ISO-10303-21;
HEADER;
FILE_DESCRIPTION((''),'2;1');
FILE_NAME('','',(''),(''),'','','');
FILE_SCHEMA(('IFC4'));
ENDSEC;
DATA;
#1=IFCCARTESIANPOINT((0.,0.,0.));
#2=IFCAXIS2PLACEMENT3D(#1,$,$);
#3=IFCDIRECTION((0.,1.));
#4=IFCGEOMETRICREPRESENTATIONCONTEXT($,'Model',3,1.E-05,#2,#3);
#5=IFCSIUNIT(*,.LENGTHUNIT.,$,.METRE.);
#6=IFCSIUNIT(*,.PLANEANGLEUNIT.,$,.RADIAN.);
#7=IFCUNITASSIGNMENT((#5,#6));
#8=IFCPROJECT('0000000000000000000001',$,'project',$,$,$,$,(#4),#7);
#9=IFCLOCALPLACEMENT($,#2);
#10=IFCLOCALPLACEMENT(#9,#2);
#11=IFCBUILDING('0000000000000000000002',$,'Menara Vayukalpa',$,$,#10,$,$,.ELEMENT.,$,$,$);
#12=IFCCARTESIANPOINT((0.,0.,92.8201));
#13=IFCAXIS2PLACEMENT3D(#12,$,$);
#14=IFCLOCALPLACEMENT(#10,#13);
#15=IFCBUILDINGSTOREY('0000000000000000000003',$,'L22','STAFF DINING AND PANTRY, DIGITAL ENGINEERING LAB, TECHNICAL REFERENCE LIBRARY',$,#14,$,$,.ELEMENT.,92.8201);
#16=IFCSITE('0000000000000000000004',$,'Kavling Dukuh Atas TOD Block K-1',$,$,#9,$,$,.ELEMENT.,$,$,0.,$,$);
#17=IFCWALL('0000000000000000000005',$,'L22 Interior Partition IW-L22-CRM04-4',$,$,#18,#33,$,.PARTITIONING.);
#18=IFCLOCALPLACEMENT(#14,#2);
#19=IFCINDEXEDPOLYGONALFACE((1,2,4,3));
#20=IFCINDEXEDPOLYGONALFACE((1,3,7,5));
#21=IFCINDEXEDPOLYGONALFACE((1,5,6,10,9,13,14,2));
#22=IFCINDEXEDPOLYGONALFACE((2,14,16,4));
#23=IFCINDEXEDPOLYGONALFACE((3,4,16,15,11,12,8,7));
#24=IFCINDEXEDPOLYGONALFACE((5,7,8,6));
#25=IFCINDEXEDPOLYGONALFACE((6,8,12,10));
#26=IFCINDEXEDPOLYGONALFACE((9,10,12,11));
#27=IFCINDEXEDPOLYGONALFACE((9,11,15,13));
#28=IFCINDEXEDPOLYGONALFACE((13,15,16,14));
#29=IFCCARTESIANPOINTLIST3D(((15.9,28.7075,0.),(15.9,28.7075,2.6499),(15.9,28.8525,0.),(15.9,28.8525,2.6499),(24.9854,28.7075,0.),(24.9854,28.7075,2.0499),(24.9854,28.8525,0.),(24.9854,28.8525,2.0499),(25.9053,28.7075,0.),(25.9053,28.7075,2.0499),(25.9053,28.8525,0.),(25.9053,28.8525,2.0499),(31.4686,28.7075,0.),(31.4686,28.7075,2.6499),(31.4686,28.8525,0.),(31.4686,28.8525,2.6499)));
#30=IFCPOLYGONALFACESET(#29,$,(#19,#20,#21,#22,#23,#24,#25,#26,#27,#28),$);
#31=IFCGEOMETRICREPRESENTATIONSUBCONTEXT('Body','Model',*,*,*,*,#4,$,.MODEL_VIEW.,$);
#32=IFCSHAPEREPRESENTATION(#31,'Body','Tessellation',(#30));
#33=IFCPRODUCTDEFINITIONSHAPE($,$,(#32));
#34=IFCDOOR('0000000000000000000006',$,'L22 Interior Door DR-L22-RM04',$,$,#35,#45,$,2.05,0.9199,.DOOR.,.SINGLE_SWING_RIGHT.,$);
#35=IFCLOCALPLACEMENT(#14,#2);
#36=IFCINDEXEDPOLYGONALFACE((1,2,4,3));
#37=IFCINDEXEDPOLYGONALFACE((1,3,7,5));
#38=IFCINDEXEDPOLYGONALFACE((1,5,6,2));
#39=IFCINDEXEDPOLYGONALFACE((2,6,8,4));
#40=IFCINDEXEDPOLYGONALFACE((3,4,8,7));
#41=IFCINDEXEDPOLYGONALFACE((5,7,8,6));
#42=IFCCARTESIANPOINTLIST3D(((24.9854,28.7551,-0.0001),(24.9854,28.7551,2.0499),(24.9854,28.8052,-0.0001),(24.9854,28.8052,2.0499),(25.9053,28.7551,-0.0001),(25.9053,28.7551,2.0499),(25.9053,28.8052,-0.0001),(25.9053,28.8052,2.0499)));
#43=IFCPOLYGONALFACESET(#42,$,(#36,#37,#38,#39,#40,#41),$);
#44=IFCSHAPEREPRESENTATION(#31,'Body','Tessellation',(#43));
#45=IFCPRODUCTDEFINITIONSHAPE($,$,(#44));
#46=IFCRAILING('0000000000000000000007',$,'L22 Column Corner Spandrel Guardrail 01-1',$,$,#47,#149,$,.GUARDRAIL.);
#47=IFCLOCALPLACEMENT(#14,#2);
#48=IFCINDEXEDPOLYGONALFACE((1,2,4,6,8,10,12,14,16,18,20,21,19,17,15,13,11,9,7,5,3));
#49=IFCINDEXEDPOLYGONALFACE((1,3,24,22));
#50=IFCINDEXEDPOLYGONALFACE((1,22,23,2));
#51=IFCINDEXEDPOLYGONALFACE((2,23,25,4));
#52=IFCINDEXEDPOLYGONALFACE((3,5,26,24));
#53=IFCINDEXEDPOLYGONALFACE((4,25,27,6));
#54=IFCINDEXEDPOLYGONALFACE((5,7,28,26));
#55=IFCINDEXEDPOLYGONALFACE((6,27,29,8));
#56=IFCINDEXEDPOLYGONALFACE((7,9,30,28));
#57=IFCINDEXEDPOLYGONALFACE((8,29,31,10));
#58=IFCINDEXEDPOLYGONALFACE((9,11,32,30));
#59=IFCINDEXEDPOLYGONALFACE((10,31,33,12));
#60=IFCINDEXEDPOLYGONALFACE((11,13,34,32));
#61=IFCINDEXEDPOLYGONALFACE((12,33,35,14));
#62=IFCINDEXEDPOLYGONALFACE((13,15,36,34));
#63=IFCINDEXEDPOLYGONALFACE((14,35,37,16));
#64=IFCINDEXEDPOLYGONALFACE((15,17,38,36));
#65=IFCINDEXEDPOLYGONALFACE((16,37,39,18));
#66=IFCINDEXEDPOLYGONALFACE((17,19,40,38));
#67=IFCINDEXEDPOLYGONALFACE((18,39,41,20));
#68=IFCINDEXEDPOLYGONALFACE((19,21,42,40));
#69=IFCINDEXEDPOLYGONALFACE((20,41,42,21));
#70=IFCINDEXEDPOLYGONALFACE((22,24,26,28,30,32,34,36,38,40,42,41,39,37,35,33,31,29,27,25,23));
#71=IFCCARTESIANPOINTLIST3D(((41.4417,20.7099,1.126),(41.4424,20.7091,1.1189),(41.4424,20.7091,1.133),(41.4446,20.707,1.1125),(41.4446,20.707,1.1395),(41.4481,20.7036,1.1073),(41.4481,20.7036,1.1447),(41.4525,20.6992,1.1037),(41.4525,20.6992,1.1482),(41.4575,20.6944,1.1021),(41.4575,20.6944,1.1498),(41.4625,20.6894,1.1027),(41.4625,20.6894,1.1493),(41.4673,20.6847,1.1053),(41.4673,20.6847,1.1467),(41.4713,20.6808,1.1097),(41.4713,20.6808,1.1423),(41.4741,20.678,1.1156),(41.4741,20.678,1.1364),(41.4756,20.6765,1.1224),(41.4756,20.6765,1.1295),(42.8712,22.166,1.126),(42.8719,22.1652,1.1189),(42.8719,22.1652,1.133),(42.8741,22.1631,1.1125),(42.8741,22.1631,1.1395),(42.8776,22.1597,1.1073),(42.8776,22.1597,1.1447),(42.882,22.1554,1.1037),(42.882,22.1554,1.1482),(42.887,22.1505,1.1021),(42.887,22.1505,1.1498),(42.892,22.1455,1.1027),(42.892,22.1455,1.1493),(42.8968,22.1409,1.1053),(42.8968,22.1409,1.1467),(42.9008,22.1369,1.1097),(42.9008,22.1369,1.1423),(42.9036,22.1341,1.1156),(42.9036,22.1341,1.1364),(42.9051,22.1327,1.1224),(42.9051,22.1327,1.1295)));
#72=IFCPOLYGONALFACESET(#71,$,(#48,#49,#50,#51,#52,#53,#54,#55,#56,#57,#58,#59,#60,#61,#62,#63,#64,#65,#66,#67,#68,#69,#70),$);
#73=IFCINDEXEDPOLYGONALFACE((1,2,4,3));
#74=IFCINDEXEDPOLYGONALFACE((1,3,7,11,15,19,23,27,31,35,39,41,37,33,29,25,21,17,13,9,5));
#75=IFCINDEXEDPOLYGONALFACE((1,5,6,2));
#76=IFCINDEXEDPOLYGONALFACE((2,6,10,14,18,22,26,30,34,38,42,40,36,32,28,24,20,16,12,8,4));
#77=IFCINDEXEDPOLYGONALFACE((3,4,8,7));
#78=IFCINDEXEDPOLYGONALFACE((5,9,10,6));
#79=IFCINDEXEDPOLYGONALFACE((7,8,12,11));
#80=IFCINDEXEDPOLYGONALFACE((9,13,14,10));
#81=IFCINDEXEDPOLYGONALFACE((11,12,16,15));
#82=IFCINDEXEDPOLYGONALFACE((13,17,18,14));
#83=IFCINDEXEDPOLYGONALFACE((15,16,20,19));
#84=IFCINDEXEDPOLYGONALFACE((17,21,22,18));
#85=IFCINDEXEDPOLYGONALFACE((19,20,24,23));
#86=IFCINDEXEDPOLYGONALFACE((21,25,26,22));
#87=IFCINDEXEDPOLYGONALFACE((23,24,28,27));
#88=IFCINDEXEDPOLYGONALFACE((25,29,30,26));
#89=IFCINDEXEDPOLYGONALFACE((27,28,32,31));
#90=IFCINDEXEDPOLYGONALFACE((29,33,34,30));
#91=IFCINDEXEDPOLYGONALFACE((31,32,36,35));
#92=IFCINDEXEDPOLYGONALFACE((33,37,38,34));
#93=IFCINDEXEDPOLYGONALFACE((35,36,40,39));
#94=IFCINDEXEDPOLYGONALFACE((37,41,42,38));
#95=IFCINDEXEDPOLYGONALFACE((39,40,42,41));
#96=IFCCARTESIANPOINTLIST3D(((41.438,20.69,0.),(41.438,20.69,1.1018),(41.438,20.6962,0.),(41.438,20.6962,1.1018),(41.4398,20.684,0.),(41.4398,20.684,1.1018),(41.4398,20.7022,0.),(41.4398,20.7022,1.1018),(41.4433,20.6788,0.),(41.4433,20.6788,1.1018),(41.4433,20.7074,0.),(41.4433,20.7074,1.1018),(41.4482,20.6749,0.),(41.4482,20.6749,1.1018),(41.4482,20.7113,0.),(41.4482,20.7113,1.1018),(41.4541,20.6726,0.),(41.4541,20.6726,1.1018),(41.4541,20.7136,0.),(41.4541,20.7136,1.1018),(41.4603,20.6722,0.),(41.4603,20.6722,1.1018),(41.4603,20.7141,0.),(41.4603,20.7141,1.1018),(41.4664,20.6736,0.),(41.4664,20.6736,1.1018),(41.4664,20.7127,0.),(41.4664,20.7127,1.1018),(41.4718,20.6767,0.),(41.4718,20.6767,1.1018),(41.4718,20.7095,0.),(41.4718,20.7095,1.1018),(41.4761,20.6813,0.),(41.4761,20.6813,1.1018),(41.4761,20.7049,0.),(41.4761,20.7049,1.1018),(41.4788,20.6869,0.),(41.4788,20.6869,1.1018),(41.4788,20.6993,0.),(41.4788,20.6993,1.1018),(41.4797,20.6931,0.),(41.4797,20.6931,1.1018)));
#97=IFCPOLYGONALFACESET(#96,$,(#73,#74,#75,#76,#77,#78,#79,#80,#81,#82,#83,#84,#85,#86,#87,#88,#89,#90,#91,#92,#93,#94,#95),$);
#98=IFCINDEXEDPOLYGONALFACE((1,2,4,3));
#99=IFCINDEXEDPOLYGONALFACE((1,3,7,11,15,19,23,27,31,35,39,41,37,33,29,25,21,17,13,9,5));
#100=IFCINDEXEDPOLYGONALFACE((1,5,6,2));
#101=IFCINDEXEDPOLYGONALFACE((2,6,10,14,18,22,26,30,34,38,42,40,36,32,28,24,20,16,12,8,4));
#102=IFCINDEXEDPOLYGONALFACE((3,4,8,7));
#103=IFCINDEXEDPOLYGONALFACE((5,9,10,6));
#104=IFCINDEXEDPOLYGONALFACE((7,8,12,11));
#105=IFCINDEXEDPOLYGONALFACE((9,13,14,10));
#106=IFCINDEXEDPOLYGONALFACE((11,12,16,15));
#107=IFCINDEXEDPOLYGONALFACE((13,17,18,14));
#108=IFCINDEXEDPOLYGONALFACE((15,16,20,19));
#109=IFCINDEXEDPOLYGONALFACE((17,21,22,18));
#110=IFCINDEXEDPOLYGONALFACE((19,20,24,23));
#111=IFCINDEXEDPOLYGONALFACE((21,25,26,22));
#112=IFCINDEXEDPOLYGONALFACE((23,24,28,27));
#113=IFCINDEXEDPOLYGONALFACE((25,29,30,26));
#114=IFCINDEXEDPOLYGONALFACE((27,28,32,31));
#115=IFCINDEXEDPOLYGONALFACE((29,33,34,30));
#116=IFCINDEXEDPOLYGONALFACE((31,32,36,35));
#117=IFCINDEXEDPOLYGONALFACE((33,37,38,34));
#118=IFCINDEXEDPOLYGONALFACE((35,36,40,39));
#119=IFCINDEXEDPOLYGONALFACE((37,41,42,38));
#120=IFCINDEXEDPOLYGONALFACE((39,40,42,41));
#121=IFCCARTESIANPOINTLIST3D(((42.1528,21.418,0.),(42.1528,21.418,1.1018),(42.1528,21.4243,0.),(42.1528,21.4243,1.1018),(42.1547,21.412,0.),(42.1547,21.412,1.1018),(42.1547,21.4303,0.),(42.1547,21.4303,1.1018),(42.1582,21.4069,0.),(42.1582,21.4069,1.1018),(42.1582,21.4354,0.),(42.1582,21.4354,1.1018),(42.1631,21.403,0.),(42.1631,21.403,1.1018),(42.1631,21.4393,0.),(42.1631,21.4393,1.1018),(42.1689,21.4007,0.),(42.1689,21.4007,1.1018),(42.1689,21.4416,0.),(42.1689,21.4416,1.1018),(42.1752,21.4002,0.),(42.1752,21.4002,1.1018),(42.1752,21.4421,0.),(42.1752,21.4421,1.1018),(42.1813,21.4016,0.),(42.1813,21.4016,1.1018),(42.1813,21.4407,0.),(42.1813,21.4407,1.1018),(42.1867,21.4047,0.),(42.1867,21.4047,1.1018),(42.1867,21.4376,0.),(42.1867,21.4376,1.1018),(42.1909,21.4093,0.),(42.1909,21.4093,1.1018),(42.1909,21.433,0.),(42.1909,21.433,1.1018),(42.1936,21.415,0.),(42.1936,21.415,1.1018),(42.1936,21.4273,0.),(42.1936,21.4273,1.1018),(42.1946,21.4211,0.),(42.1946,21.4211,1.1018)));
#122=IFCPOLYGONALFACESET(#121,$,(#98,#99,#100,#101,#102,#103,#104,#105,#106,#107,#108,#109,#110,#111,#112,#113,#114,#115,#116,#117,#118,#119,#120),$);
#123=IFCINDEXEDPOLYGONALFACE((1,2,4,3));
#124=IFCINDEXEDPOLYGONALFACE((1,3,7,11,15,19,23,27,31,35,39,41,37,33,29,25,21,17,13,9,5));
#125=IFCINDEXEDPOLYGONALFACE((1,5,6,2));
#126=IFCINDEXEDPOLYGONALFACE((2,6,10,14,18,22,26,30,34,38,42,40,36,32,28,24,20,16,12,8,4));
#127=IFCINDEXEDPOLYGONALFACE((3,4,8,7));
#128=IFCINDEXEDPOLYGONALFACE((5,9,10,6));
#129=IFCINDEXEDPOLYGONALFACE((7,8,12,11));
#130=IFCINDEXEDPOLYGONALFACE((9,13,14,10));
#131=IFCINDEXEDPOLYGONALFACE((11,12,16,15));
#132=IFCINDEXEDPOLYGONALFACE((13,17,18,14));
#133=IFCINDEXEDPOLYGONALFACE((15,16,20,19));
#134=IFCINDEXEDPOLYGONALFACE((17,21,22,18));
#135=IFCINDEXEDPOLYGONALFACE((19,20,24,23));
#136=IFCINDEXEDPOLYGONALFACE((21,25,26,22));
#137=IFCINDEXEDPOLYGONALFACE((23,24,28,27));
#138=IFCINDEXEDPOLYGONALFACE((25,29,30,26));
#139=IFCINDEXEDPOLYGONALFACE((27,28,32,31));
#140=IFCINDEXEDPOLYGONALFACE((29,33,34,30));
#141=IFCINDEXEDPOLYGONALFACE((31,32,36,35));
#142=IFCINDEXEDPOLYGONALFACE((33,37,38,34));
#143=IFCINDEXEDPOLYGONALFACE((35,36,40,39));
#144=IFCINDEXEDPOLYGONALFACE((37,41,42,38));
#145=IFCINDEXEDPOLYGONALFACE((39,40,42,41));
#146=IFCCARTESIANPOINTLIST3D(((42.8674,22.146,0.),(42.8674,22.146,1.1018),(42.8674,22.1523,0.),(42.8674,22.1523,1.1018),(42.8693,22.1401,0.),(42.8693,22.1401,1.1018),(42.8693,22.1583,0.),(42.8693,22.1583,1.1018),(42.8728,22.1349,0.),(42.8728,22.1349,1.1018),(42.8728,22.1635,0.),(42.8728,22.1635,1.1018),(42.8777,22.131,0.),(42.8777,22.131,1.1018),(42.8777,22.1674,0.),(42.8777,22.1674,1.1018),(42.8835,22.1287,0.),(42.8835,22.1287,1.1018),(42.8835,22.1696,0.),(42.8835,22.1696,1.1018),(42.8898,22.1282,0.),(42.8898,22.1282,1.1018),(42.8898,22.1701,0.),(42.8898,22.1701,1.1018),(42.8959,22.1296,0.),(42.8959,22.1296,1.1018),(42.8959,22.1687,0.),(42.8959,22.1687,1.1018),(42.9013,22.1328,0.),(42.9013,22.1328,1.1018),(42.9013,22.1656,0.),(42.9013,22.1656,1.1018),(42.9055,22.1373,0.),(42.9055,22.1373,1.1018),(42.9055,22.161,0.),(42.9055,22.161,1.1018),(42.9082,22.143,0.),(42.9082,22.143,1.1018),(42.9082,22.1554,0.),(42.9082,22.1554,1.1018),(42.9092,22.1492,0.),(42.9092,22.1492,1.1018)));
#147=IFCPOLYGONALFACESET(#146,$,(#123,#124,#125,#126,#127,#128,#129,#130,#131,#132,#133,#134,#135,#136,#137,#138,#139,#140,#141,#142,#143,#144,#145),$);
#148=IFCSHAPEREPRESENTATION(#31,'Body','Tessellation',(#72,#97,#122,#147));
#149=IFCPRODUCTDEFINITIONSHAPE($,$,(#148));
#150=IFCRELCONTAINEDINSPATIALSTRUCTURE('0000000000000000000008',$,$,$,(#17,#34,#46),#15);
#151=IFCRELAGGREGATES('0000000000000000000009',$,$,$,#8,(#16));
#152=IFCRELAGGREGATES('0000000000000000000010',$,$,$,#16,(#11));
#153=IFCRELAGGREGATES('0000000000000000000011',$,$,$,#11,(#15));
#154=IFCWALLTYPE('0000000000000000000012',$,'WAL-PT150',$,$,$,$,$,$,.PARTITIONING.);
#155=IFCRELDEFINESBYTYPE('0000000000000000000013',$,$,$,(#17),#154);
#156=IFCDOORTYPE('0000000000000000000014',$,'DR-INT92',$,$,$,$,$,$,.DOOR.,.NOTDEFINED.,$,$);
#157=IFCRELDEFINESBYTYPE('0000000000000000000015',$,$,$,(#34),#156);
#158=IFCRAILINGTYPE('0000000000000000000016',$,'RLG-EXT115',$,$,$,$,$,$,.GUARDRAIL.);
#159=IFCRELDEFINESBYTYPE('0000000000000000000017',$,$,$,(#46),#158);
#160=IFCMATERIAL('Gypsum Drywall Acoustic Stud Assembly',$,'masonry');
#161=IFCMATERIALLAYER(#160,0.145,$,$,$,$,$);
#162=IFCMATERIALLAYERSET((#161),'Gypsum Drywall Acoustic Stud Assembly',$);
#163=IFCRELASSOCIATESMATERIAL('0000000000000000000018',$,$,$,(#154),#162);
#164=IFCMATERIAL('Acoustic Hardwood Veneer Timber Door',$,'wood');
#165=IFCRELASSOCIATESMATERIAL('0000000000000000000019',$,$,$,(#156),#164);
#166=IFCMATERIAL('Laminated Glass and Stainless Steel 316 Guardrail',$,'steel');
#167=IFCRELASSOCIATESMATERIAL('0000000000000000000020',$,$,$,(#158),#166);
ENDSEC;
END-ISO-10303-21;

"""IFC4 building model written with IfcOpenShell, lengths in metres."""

from ifc_helpers import new_model, si_unit, direction, frame, frame_2d, origin, origin_2d, place, context, subcontext, project, spatial, rectangle, circle, extrude, material, layer, layer_set, type_object, element, fill, save


model = new_model("IFC4")

# Units and contexts
model_context = context("Model", 3, precision=1e-05, world=origin(), true_north=direction((0.0, 1.0)))
body_context = subcontext(model_context, "Body", "Model", "MODEL_VIEW")
ifc_project = project(units=[si_unit("LENGTHUNIT", "METRE"), si_unit("PLANEANGLEUNIT", "RADIAN")], contexts=[model_context])

# Site, building, storey
site_placement = place(None, origin())
site = spatial("IfcSite", under=ifc_project, at=site_placement, Name="Kavling Dukuh Atas TOD Block K-1", CompositionType="ELEMENT", RefElevation=0.0)
building_placement = place(site_placement, origin())
building = spatial("IfcBuilding", under=site, at=building_placement, Name="Menara Vayukalpa", CompositionType="ELEMENT")
storey_placement = place(building_placement, frame((0.0, 0.0, 92.8201)))
storey = spatial("IfcBuildingStorey", under=building, at=storey_placement, Name="L22", Description="STAFF DINING AND PANTRY, DIGITAL ENGINEERING LAB, TECHNICAL REFERENCE LIBRARY", CompositionType="ELEMENT", Elevation=92.8201)

# Shared definitions
ifc_material_1 = material(Name="Gypsum Drywall Acoustic Stud Assembly", Category="masonry")
ifc_layer_1 = layer(ifc_material_1, 0.145)
ifc_layer_set_1 = layer_set([ifc_layer_1], Name="Gypsum Drywall Acoustic Stud Assembly")
wall_type_1 = type_object("IfcWallType", Name="WAL-PT150", PredefinedType="PARTITIONING", material=ifc_layer_set_1)

# Wall, opening, door
wall_1_placement = place(storey_placement, frame((31.4685, 28.78, 0.0), z_axis=(0.0, 0.0, 1.0), x_axis=(-1.0, 0.0, 0.0)))
wall_1 = element("IfcWall", 1, at=wall_1_placement, inside=storey, type_object=wall_type_1, Name="L22 Interior Partition IW-L22-CRM04-4", PredefinedType="PARTITIONING", context=body_context, shape_type="SweptSolid", body=[
    extrude(rectangle(XDim=15.5686, YDim=0.145, at=frame_2d((7.7842, 0.0))), origin(), (0.0, 0.0, 1.0), 2.6499),
])
opening_placement = place(wall_1_placement, frame((5.5632, 0.0, 0.0)))
opening = element("IfcOpeningElement", 2, at=opening_placement, cuts=wall_1, PredefinedType="OPENING", context=body_context, shape_type="SweptSolid", body=[
    extrude(rectangle(XDim=0.9199, YDim=2.05, at=frame_2d((0.46, 1.0249))), frame((0.0, 0.0825, 0.0), z_axis=(0.0, -1.0, 0.0), x_axis=(1.0, 0.0, 0.0)), (0.0, 0.0, 1.0), 0.165),
])
ifc_material_2 = material(Name="Acoustic Hardwood Veneer Timber Door", Category="wood")
door_type = type_object("IfcDoorType", Name="DR-INT92", OperationType="NOTDEFINED", PredefinedType="DOOR", material=ifc_material_2)
door_placement = place(opening_placement, origin())
door = element("IfcDoor", 3, at=door_placement, inside=storey, type_object=door_type, Name="L22 Interior Door DR-L22-RM04", OperationType="SINGLE_SWING_RIGHT", OverallHeight=2.05, OverallWidth=0.9199, PredefinedType="DOOR", context=body_context, shape_type="SweptSolid", body=[
    extrude(rectangle(XDim=0.9199, YDim=2.05, at=frame_2d((0.46, 1.0249))), frame((0.0, 0.0249, 0.0), z_axis=(0.0, -1.0, 0.0), x_axis=(1.0, 0.0, 0.0)), (0.0, 0.0, 1.0), 0.05),
])
fill(opening, door)

# Railing
ifc_material_3 = material(Name="Laminated Glass and Stainless Steel 316 Guardrail", Category="steel")
railing_type_1 = type_object("IfcRailingType", Name="RLG-EXT115", PredefinedType="GUARDRAIL", material=ifc_material_3)
railing_1_placement = place(storey_placement, frame((41.4587, 20.6931, 0.0)))
element("IfcRailing", 4, at=railing_1_placement, inside=storey, type_object=railing_type_1, Name="L22 Column Corner Spandrel Guardrail 01-1", PredefinedType="GUARDRAIL", context=body_context, shape_type="SweptSolid", body=[
    extrude(circle(Radius=0.0239, at=origin_2d()), frame((0.0, 0.0, 1.126), z_axis=(0.700556, 0.713598, 0.0), x_axis=(-0.713598, 0.700556, 0.0)), (0.0, 0.0, 1.0), 2.0405),
    extrude(circle(Radius=0.021, at=origin_2d()), origin(), (0.0, 0.0, 1.0), 1.1018),
    extrude(circle(Radius=0.021, at=origin_2d()), frame((0.7148, 0.728, 0.0)), (0.0, 0.0, 1.0), 1.1018),
    extrude(circle(Radius=0.021, at=origin_2d()), frame((1.4294, 1.4561, 0.0)), (0.0, 0.0, 1.0), 1.1018),
])

save(model, "model.ifc")
